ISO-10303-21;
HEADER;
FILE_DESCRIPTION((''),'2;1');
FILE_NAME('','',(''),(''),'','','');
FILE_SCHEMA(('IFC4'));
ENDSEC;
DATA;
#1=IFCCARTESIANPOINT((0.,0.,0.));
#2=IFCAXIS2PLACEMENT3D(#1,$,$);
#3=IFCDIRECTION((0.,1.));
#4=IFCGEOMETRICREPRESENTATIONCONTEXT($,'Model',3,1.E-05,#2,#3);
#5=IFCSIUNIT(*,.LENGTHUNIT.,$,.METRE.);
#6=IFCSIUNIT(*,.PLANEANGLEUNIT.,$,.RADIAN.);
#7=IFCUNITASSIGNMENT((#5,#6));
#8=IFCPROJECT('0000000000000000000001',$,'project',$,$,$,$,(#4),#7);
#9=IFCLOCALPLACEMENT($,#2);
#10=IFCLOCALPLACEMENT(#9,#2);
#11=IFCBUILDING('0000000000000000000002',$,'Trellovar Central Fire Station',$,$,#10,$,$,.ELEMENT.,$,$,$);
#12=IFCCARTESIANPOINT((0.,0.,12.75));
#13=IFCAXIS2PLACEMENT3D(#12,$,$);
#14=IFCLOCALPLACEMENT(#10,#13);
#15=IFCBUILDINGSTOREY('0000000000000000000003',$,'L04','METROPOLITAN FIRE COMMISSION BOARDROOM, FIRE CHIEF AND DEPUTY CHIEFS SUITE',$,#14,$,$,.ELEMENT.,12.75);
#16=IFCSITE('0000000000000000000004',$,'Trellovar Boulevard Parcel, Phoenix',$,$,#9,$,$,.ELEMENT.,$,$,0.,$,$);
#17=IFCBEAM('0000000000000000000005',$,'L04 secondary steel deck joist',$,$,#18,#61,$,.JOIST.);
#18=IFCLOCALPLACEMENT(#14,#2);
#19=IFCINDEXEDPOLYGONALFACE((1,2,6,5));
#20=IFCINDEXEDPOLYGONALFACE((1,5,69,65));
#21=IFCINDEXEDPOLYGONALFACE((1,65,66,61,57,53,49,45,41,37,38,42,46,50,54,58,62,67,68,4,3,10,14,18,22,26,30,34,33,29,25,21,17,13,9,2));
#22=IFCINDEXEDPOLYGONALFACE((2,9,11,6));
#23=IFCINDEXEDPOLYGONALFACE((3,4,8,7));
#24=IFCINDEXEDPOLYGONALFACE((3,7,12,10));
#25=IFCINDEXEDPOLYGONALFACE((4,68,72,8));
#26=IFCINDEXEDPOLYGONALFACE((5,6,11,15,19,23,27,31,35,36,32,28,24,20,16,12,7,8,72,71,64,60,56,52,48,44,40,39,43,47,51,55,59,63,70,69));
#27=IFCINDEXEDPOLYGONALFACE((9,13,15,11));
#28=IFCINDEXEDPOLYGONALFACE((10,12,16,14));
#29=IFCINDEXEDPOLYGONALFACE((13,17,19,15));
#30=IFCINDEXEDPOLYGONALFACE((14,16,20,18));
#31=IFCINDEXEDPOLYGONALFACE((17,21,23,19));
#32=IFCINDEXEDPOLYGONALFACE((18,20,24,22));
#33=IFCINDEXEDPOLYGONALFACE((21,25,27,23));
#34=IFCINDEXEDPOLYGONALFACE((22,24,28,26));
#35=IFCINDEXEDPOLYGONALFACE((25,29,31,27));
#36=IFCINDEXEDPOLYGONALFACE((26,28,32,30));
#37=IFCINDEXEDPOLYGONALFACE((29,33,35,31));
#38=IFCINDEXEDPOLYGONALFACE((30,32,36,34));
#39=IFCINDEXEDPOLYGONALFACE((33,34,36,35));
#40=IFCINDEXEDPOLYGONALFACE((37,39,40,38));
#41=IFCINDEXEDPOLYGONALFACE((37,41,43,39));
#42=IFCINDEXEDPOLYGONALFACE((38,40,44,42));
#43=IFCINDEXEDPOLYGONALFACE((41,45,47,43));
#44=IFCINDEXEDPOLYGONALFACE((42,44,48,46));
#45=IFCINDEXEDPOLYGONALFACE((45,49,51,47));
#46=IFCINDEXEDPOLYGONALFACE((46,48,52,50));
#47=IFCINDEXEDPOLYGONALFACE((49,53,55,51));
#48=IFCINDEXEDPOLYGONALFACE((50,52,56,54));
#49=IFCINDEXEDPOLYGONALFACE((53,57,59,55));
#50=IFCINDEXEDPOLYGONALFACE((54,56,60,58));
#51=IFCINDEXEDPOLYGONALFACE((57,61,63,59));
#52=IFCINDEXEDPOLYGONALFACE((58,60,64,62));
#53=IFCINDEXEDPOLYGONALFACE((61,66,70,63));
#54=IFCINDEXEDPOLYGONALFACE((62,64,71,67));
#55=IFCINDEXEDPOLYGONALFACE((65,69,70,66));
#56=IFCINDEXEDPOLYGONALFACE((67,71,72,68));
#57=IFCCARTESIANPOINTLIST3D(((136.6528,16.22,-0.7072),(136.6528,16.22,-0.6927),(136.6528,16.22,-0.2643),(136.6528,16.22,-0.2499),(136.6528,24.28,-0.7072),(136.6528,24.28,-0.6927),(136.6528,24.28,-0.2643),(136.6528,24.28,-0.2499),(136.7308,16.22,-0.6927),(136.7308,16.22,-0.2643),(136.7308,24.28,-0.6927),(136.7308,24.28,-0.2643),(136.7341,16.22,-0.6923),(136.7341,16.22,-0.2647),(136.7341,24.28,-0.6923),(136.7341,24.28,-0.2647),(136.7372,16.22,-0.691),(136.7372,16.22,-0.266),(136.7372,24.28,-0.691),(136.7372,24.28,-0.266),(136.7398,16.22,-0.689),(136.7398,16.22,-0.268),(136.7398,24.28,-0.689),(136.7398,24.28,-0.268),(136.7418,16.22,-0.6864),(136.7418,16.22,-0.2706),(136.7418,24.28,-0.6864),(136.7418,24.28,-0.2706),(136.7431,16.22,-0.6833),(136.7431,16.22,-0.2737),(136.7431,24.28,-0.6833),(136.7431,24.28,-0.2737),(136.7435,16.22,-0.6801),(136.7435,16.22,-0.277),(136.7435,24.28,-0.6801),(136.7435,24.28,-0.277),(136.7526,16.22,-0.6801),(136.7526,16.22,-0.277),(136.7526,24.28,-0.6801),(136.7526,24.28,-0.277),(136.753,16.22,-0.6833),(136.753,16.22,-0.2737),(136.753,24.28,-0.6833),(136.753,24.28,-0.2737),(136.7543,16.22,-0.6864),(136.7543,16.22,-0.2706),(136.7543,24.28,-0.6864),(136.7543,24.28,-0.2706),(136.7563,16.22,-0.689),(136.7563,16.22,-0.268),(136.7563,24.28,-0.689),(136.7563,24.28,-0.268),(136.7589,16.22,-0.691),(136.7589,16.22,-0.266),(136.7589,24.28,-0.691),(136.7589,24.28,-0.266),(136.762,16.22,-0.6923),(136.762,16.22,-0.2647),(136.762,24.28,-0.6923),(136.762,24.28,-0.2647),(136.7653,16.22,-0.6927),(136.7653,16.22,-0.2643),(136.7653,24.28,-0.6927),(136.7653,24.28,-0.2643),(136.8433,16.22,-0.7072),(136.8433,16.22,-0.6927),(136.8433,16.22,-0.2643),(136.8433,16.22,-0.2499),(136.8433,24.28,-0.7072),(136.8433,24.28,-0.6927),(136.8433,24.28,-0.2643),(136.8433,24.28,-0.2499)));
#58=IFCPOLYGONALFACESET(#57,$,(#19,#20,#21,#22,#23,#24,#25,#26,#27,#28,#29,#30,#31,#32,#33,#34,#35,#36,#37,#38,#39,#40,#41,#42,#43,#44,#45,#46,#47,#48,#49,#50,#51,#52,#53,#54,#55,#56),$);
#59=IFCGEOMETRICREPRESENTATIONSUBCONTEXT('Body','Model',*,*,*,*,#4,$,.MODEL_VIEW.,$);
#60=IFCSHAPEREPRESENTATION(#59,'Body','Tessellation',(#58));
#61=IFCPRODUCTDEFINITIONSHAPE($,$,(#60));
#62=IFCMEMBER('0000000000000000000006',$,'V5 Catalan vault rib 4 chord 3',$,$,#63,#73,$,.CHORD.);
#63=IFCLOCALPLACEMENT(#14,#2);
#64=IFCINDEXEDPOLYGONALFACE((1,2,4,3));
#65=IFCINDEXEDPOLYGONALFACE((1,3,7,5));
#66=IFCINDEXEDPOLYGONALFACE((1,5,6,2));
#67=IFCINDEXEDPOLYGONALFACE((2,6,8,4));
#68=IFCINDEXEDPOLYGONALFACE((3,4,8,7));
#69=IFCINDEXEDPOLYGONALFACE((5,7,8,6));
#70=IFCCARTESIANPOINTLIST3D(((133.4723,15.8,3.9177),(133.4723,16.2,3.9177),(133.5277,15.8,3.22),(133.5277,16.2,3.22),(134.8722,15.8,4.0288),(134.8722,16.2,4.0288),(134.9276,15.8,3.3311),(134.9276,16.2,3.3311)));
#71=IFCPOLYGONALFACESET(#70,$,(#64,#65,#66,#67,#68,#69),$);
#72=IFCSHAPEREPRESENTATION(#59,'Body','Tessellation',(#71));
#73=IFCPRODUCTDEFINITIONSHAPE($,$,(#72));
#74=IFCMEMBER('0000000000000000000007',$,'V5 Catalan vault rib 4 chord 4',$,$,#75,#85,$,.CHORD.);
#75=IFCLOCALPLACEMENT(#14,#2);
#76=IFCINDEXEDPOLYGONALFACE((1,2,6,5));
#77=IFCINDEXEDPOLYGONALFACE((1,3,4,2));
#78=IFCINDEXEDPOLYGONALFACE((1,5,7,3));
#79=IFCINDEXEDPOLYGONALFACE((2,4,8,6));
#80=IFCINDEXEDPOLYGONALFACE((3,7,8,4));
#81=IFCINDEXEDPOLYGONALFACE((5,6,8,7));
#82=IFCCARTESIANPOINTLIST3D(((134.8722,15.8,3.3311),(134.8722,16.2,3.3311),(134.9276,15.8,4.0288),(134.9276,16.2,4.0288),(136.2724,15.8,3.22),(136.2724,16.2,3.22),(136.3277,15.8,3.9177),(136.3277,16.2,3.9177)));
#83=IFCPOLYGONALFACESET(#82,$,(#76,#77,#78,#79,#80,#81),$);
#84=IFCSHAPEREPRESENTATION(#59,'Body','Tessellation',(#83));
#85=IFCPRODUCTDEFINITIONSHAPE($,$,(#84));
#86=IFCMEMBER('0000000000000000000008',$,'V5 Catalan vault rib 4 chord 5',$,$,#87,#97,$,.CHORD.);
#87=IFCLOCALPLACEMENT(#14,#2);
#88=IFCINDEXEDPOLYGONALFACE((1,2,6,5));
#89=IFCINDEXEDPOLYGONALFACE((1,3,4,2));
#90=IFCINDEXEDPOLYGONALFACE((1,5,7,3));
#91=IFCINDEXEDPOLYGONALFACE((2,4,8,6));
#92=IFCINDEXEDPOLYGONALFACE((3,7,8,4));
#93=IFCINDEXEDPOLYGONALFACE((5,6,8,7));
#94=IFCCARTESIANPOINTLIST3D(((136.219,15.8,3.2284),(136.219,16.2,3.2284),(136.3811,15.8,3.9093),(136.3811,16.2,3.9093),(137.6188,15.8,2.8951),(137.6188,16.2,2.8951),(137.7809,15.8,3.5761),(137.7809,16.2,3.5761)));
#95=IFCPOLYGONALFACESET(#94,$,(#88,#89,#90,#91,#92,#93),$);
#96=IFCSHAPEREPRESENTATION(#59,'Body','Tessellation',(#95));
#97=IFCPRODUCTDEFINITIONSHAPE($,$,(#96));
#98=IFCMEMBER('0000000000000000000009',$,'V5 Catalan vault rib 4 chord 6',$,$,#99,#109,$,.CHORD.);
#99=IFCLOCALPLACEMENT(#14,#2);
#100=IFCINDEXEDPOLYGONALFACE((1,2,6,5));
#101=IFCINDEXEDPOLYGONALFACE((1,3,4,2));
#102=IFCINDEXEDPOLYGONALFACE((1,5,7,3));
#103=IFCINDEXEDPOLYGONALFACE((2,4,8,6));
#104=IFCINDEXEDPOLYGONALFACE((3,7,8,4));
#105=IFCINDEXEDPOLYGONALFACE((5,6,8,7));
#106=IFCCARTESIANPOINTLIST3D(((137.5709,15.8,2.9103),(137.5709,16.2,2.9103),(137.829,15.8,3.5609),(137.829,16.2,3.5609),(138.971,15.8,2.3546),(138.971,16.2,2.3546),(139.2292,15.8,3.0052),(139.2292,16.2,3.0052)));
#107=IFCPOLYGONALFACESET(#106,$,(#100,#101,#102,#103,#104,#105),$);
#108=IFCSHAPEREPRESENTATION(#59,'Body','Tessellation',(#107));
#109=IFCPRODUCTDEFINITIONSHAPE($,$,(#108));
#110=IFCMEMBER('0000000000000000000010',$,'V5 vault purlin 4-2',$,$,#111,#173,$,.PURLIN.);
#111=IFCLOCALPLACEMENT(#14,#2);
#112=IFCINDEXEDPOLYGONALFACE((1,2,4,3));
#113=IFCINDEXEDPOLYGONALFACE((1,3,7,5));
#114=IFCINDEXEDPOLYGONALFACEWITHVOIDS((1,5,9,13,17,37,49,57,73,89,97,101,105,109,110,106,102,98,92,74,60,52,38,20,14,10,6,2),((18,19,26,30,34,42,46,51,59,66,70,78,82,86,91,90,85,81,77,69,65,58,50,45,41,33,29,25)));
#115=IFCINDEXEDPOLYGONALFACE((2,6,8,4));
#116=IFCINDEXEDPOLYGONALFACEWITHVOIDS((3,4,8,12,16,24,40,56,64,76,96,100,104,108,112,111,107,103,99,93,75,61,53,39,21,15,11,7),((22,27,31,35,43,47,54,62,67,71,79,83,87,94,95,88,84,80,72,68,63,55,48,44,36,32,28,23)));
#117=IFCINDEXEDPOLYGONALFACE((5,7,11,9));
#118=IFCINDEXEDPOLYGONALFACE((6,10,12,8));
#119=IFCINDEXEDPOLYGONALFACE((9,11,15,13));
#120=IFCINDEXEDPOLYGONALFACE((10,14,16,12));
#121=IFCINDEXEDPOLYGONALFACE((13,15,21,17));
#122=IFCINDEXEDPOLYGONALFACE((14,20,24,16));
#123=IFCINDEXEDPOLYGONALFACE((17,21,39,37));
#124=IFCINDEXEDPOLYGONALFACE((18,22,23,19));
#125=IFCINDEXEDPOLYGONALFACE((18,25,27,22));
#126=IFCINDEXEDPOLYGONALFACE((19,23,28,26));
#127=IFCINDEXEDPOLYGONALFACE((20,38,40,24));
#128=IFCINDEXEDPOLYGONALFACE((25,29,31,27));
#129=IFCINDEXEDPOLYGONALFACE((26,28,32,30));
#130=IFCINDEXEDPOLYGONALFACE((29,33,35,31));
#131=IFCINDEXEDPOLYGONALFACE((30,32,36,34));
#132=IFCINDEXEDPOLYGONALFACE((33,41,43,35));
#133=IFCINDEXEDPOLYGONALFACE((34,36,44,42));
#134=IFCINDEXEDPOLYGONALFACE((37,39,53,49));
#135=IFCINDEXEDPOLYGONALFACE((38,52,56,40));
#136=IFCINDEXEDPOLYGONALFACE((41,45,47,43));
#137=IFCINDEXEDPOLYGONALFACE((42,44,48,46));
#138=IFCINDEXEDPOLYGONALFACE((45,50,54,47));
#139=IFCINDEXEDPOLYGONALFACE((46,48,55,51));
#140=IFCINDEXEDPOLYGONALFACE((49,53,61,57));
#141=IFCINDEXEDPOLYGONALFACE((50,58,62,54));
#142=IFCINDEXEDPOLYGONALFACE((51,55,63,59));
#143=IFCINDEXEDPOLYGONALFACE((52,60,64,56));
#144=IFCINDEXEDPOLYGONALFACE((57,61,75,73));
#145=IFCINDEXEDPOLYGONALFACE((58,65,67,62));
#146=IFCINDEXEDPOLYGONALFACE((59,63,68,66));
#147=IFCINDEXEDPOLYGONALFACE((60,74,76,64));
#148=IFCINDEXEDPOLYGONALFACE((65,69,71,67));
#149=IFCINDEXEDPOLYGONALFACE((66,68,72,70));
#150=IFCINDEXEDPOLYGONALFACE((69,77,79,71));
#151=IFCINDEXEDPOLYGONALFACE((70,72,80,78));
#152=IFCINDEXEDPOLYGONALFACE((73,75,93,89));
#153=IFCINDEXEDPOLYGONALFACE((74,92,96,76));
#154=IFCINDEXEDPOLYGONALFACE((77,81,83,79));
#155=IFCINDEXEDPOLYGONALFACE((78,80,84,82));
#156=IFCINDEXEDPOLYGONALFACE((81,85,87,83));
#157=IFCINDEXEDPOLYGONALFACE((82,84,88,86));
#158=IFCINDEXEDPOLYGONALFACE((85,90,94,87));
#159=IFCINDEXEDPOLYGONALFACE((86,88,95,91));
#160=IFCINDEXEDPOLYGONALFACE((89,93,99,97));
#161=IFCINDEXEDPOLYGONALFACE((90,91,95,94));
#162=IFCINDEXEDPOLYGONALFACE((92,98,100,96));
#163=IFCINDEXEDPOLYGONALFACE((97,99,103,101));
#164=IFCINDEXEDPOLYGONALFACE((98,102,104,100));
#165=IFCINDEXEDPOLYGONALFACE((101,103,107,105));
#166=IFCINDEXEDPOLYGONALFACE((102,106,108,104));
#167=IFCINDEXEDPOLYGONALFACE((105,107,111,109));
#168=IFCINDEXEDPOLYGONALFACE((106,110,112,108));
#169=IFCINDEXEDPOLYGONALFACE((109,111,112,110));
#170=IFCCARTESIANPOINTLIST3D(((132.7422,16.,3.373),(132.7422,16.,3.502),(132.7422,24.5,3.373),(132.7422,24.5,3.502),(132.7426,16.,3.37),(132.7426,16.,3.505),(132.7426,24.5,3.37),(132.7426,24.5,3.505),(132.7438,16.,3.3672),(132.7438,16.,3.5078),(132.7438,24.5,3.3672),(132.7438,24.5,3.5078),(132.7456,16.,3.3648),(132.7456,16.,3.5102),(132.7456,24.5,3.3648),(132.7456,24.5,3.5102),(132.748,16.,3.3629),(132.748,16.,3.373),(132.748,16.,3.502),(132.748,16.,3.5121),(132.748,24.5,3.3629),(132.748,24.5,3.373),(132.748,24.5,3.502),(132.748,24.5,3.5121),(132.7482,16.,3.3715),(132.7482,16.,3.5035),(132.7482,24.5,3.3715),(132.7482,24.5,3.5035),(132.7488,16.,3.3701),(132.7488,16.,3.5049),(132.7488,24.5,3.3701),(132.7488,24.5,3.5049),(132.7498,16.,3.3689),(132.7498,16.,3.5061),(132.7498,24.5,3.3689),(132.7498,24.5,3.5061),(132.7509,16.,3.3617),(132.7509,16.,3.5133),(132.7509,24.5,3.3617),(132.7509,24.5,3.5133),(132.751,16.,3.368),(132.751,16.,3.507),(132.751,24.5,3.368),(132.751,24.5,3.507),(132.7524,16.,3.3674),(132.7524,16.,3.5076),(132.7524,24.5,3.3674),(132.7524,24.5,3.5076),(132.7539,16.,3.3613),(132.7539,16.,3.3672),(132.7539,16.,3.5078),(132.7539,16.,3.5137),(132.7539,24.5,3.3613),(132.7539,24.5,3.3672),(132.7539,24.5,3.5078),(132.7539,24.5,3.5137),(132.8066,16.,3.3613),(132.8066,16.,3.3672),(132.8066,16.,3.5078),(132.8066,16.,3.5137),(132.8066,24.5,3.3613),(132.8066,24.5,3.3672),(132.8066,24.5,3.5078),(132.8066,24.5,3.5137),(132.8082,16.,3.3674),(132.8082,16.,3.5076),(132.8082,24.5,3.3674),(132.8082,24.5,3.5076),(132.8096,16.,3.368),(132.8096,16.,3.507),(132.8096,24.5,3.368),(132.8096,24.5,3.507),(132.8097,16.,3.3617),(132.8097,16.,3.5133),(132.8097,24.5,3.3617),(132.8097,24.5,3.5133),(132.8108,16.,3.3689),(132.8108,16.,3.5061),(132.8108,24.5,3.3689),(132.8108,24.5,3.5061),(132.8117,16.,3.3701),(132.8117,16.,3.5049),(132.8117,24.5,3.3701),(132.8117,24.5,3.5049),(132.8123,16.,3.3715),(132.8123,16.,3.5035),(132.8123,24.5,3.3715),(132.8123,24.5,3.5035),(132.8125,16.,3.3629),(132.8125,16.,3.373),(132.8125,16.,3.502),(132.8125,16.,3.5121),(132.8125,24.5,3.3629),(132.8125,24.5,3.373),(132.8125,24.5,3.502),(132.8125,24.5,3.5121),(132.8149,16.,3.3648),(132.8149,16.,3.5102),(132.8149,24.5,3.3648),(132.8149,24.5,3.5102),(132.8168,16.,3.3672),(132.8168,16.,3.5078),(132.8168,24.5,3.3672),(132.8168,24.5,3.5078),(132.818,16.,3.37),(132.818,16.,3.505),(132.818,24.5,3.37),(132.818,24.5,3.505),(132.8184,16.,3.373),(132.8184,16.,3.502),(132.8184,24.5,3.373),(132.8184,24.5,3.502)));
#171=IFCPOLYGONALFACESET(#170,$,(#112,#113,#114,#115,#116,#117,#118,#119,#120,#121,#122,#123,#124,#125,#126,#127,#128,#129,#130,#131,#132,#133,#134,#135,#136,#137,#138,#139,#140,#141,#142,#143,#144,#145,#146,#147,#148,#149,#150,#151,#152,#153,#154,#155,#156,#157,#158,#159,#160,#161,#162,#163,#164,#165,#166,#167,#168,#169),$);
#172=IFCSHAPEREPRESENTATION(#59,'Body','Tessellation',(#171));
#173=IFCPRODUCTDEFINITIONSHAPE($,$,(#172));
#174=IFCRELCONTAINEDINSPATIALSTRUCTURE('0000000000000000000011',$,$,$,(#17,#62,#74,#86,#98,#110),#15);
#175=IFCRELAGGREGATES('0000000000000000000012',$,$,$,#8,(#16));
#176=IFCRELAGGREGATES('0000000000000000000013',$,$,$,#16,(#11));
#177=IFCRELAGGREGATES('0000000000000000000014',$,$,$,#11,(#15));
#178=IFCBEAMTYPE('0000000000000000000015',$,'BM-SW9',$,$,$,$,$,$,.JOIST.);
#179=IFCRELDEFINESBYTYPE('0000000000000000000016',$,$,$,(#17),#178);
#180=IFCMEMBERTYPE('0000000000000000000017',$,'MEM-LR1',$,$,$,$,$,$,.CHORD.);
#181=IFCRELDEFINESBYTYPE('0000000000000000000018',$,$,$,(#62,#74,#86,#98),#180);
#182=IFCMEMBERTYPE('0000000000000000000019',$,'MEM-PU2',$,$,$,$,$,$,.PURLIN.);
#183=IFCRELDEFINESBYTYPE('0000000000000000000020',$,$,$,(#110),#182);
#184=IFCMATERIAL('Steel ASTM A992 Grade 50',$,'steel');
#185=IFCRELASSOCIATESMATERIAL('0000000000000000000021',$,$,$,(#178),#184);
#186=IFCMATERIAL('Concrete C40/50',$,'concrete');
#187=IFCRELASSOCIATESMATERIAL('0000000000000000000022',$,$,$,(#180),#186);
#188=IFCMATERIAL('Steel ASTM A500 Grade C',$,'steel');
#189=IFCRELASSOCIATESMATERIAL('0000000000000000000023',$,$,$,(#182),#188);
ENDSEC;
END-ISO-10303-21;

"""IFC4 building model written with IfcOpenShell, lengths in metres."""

from ifc_helpers import new_model, si_unit, direction, frame, origin, origin_2d, place, context, subcontext, project, spatial, rectangle, hollow_rectangle, i_section, extrude, material, material_profile, profile_set, type_object, element, save


model = new_model("IFC4")

# Units and contexts
model_context = context("Model", 3, precision=1e-05, world=origin(), true_north=direction((0.0, 1.0)))
body_context = subcontext(model_context, "Body", "Model", "MODEL_VIEW")
ifc_project = project(units=[si_unit("LENGTHUNIT", "METRE"), si_unit("PLANEANGLEUNIT", "RADIAN")], contexts=[model_context])

# Site, building, storey
site_placement = place(None, origin())
site = spatial("IfcSite", under=ifc_project, at=site_placement, Name="Trellovar Boulevard Parcel, Phoenix", CompositionType="ELEMENT", RefElevation=0.0)
building_placement = place(site_placement, origin())
building = spatial("IfcBuilding", under=site, at=building_placement, Name="Trellovar Central Fire Station", CompositionType="ELEMENT")
storey_placement = place(building_placement, frame((0.0, 0.0, 12.75)))
storey = spatial("IfcBuildingStorey", under=building, at=storey_placement, Name="L04", Description="METROPOLITAN FIRE COMMISSION BOARDROOM, FIRE CHIEF AND DEPUTY CHIEFS SUITE", CompositionType="ELEMENT", Elevation=12.75)

# Beam
ifc_material_1 = material(Name="Steel ASTM A992 Grade 50", Category="steel")
ifc_material_profile_1 = material_profile(ifc_material_1, i_section(OverallWidth=0.1904, OverallDepth=0.4573, WebThickness=0.009, FlangeThickness=0.0144, FilletRadius=0.0127, at=origin_2d()), Name="W18X50")
ifc_profile_set_1 = profile_set([ifc_material_profile_1], Name="Steel ASTM A992 Grade 50")
beam_type_1 = type_object("IfcBeamType", Name="BM-SW9", PredefinedType="JOIST", material=ifc_profile_set_1)
beam_1_placement = place(storey_placement, frame((136.748, 16.22, -0.4785), z_axis=(0.0, 1.0, 0.0), x_axis=(-1.0, 0.0, 0.0)))
element("IfcBeam", 1, at=beam_1_placement, inside=storey, type_object=beam_type_1, Name="L04 secondary steel deck joist", PredefinedType="JOIST", context=body_context, shape_type="SweptSolid", body=[
    extrude(i_section(OverallWidth=0.1904, OverallDepth=0.4573, WebThickness=0.009, FlangeThickness=0.0144, FilletRadius=0.0127, at=origin_2d()), origin(), (0.0, 0.0, 1.0), 8.0601),
])

# Members
ifc_material_2 = material(Name="Concrete C40/50", Category="concrete")
ifc_material_profile_2 = material_profile(ifc_material_2, rectangle(XDim=0.3999, YDim=0.7, at=origin_2d()), Name="RC400X700")
ifc_profile_set_2 = profile_set([ifc_material_profile_2], Name="Concrete C40/50")
member_type_1 = type_object("IfcMemberType", Name="MEM-LR1", PredefinedType="CHORD", material=ifc_profile_set_2)
member_1_placement = place(storey_placement, frame((133.5, 16.0, 3.5688), z_axis=(0.996866, 0.0, 0.079103), x_axis=(0.0, 1.0, 0.0)))
element("IfcMember", 2, at=member_1_placement, inside=storey, type_object=member_type_1, Name="V5 Catalan vault rib 4 chord 3", PredefinedType="CHORD", context=body_context, shape_type="SweptSolid", body=[
    extrude(rectangle(XDim=0.3999, YDim=0.7, at=origin_2d()), origin(), (0.0, 0.0, 1.0), 1.4043),
])
member_2_placement = place(storey_placement, frame((134.8999, 16.0, 3.6799), z_axis=(0.996868, 0.0, -0.079089), x_axis=(0.0, 1.0, 0.0)))
element("IfcMember", 3, at=member_2_placement, inside=storey, type_object=member_type_1, Name="V5 Catalan vault rib 4 chord 4", PredefinedType="CHORD", context=body_context, shape_type="SweptSolid", body=[
    extrude(rectangle(XDim=0.3999, YDim=0.7, at=origin_2d()), origin(), (0.0, 0.0, 1.0), 1.4045),
])
member_3_placement = place(storey_placement, frame((136.3, 16.0, 3.5688), z_axis=(0.972815, 0.0, -0.231582), x_axis=(0.0, 1.0, 0.0)))
element("IfcMember", 4, at=member_3_placement, inside=storey, type_object=member_type_1, Name="V5 Catalan vault rib 4 chord 5", PredefinedType="CHORD", context=body_context, shape_type="SweptSolid", body=[
    extrude(rectangle(XDim=0.3999, YDim=0.7, at=origin_2d()), origin(), (0.0, 0.0, 1.0), 1.439),
])
member_4_placement = place(storey_placement, frame((137.7, 16.0, 3.2356), z_axis=(0.929479, 0.0, -0.368874), x_axis=(0.0, 1.0, 0.0)))
element("IfcMember", 5, at=member_4_placement, inside=storey, type_object=member_type_1, Name="V5 Catalan vault rib 4 chord 6", PredefinedType="CHORD", context=body_context, shape_type="SweptSolid", body=[
    extrude(rectangle(XDim=0.3999, YDim=0.7, at=origin_2d()), origin(), (0.0, 0.0, 1.0), 1.5063),
])
ifc_material_3 = material(Name="Steel ASTM A500 Grade C", Category="steel")
ifc_material_profile_3 = material_profile(ifc_material_3, hollow_rectangle(XDim=0.0762, YDim=0.1523, WallThickness=0.0059, InnerFilletRadius=0.0059, OuterFilletRadius=0.0117, at=origin_2d()), Name="HSS6X3X1/4")
ifc_profile_set_3 = profile_set([ifc_material_profile_3], Name="Steel ASTM A500 Grade C")
member_type_2 = type_object("IfcMemberType", Name="MEM-PU2", PredefinedType="PURLIN", material=ifc_profile_set_3)
for number, where, z_axis, x_axis, name in (
    (6, (132.7803, 16.0, 3.4375), (0.0, 1.0, 0.0), (-1.0, 0.0, 0.0), "V5 vault purlin 4-2"),
):
    element("IfcMember", number, at=place(storey_placement, frame(where, z_axis=z_axis, x_axis=x_axis)), inside=storey, type_object=member_type_2, Name=name, PredefinedType="PURLIN", context=body_context, shape_type="SweptSolid", body=[
        extrude(hollow_rectangle(XDim=0.0762, YDim=0.1523, WallThickness=0.0059, InnerFilletRadius=0.0059, OuterFilletRadius=0.0117, at=origin_2d()), origin(), (0.0, 0.0, 1.0), 8.5),
    ])

save(model, "model.ifc")
